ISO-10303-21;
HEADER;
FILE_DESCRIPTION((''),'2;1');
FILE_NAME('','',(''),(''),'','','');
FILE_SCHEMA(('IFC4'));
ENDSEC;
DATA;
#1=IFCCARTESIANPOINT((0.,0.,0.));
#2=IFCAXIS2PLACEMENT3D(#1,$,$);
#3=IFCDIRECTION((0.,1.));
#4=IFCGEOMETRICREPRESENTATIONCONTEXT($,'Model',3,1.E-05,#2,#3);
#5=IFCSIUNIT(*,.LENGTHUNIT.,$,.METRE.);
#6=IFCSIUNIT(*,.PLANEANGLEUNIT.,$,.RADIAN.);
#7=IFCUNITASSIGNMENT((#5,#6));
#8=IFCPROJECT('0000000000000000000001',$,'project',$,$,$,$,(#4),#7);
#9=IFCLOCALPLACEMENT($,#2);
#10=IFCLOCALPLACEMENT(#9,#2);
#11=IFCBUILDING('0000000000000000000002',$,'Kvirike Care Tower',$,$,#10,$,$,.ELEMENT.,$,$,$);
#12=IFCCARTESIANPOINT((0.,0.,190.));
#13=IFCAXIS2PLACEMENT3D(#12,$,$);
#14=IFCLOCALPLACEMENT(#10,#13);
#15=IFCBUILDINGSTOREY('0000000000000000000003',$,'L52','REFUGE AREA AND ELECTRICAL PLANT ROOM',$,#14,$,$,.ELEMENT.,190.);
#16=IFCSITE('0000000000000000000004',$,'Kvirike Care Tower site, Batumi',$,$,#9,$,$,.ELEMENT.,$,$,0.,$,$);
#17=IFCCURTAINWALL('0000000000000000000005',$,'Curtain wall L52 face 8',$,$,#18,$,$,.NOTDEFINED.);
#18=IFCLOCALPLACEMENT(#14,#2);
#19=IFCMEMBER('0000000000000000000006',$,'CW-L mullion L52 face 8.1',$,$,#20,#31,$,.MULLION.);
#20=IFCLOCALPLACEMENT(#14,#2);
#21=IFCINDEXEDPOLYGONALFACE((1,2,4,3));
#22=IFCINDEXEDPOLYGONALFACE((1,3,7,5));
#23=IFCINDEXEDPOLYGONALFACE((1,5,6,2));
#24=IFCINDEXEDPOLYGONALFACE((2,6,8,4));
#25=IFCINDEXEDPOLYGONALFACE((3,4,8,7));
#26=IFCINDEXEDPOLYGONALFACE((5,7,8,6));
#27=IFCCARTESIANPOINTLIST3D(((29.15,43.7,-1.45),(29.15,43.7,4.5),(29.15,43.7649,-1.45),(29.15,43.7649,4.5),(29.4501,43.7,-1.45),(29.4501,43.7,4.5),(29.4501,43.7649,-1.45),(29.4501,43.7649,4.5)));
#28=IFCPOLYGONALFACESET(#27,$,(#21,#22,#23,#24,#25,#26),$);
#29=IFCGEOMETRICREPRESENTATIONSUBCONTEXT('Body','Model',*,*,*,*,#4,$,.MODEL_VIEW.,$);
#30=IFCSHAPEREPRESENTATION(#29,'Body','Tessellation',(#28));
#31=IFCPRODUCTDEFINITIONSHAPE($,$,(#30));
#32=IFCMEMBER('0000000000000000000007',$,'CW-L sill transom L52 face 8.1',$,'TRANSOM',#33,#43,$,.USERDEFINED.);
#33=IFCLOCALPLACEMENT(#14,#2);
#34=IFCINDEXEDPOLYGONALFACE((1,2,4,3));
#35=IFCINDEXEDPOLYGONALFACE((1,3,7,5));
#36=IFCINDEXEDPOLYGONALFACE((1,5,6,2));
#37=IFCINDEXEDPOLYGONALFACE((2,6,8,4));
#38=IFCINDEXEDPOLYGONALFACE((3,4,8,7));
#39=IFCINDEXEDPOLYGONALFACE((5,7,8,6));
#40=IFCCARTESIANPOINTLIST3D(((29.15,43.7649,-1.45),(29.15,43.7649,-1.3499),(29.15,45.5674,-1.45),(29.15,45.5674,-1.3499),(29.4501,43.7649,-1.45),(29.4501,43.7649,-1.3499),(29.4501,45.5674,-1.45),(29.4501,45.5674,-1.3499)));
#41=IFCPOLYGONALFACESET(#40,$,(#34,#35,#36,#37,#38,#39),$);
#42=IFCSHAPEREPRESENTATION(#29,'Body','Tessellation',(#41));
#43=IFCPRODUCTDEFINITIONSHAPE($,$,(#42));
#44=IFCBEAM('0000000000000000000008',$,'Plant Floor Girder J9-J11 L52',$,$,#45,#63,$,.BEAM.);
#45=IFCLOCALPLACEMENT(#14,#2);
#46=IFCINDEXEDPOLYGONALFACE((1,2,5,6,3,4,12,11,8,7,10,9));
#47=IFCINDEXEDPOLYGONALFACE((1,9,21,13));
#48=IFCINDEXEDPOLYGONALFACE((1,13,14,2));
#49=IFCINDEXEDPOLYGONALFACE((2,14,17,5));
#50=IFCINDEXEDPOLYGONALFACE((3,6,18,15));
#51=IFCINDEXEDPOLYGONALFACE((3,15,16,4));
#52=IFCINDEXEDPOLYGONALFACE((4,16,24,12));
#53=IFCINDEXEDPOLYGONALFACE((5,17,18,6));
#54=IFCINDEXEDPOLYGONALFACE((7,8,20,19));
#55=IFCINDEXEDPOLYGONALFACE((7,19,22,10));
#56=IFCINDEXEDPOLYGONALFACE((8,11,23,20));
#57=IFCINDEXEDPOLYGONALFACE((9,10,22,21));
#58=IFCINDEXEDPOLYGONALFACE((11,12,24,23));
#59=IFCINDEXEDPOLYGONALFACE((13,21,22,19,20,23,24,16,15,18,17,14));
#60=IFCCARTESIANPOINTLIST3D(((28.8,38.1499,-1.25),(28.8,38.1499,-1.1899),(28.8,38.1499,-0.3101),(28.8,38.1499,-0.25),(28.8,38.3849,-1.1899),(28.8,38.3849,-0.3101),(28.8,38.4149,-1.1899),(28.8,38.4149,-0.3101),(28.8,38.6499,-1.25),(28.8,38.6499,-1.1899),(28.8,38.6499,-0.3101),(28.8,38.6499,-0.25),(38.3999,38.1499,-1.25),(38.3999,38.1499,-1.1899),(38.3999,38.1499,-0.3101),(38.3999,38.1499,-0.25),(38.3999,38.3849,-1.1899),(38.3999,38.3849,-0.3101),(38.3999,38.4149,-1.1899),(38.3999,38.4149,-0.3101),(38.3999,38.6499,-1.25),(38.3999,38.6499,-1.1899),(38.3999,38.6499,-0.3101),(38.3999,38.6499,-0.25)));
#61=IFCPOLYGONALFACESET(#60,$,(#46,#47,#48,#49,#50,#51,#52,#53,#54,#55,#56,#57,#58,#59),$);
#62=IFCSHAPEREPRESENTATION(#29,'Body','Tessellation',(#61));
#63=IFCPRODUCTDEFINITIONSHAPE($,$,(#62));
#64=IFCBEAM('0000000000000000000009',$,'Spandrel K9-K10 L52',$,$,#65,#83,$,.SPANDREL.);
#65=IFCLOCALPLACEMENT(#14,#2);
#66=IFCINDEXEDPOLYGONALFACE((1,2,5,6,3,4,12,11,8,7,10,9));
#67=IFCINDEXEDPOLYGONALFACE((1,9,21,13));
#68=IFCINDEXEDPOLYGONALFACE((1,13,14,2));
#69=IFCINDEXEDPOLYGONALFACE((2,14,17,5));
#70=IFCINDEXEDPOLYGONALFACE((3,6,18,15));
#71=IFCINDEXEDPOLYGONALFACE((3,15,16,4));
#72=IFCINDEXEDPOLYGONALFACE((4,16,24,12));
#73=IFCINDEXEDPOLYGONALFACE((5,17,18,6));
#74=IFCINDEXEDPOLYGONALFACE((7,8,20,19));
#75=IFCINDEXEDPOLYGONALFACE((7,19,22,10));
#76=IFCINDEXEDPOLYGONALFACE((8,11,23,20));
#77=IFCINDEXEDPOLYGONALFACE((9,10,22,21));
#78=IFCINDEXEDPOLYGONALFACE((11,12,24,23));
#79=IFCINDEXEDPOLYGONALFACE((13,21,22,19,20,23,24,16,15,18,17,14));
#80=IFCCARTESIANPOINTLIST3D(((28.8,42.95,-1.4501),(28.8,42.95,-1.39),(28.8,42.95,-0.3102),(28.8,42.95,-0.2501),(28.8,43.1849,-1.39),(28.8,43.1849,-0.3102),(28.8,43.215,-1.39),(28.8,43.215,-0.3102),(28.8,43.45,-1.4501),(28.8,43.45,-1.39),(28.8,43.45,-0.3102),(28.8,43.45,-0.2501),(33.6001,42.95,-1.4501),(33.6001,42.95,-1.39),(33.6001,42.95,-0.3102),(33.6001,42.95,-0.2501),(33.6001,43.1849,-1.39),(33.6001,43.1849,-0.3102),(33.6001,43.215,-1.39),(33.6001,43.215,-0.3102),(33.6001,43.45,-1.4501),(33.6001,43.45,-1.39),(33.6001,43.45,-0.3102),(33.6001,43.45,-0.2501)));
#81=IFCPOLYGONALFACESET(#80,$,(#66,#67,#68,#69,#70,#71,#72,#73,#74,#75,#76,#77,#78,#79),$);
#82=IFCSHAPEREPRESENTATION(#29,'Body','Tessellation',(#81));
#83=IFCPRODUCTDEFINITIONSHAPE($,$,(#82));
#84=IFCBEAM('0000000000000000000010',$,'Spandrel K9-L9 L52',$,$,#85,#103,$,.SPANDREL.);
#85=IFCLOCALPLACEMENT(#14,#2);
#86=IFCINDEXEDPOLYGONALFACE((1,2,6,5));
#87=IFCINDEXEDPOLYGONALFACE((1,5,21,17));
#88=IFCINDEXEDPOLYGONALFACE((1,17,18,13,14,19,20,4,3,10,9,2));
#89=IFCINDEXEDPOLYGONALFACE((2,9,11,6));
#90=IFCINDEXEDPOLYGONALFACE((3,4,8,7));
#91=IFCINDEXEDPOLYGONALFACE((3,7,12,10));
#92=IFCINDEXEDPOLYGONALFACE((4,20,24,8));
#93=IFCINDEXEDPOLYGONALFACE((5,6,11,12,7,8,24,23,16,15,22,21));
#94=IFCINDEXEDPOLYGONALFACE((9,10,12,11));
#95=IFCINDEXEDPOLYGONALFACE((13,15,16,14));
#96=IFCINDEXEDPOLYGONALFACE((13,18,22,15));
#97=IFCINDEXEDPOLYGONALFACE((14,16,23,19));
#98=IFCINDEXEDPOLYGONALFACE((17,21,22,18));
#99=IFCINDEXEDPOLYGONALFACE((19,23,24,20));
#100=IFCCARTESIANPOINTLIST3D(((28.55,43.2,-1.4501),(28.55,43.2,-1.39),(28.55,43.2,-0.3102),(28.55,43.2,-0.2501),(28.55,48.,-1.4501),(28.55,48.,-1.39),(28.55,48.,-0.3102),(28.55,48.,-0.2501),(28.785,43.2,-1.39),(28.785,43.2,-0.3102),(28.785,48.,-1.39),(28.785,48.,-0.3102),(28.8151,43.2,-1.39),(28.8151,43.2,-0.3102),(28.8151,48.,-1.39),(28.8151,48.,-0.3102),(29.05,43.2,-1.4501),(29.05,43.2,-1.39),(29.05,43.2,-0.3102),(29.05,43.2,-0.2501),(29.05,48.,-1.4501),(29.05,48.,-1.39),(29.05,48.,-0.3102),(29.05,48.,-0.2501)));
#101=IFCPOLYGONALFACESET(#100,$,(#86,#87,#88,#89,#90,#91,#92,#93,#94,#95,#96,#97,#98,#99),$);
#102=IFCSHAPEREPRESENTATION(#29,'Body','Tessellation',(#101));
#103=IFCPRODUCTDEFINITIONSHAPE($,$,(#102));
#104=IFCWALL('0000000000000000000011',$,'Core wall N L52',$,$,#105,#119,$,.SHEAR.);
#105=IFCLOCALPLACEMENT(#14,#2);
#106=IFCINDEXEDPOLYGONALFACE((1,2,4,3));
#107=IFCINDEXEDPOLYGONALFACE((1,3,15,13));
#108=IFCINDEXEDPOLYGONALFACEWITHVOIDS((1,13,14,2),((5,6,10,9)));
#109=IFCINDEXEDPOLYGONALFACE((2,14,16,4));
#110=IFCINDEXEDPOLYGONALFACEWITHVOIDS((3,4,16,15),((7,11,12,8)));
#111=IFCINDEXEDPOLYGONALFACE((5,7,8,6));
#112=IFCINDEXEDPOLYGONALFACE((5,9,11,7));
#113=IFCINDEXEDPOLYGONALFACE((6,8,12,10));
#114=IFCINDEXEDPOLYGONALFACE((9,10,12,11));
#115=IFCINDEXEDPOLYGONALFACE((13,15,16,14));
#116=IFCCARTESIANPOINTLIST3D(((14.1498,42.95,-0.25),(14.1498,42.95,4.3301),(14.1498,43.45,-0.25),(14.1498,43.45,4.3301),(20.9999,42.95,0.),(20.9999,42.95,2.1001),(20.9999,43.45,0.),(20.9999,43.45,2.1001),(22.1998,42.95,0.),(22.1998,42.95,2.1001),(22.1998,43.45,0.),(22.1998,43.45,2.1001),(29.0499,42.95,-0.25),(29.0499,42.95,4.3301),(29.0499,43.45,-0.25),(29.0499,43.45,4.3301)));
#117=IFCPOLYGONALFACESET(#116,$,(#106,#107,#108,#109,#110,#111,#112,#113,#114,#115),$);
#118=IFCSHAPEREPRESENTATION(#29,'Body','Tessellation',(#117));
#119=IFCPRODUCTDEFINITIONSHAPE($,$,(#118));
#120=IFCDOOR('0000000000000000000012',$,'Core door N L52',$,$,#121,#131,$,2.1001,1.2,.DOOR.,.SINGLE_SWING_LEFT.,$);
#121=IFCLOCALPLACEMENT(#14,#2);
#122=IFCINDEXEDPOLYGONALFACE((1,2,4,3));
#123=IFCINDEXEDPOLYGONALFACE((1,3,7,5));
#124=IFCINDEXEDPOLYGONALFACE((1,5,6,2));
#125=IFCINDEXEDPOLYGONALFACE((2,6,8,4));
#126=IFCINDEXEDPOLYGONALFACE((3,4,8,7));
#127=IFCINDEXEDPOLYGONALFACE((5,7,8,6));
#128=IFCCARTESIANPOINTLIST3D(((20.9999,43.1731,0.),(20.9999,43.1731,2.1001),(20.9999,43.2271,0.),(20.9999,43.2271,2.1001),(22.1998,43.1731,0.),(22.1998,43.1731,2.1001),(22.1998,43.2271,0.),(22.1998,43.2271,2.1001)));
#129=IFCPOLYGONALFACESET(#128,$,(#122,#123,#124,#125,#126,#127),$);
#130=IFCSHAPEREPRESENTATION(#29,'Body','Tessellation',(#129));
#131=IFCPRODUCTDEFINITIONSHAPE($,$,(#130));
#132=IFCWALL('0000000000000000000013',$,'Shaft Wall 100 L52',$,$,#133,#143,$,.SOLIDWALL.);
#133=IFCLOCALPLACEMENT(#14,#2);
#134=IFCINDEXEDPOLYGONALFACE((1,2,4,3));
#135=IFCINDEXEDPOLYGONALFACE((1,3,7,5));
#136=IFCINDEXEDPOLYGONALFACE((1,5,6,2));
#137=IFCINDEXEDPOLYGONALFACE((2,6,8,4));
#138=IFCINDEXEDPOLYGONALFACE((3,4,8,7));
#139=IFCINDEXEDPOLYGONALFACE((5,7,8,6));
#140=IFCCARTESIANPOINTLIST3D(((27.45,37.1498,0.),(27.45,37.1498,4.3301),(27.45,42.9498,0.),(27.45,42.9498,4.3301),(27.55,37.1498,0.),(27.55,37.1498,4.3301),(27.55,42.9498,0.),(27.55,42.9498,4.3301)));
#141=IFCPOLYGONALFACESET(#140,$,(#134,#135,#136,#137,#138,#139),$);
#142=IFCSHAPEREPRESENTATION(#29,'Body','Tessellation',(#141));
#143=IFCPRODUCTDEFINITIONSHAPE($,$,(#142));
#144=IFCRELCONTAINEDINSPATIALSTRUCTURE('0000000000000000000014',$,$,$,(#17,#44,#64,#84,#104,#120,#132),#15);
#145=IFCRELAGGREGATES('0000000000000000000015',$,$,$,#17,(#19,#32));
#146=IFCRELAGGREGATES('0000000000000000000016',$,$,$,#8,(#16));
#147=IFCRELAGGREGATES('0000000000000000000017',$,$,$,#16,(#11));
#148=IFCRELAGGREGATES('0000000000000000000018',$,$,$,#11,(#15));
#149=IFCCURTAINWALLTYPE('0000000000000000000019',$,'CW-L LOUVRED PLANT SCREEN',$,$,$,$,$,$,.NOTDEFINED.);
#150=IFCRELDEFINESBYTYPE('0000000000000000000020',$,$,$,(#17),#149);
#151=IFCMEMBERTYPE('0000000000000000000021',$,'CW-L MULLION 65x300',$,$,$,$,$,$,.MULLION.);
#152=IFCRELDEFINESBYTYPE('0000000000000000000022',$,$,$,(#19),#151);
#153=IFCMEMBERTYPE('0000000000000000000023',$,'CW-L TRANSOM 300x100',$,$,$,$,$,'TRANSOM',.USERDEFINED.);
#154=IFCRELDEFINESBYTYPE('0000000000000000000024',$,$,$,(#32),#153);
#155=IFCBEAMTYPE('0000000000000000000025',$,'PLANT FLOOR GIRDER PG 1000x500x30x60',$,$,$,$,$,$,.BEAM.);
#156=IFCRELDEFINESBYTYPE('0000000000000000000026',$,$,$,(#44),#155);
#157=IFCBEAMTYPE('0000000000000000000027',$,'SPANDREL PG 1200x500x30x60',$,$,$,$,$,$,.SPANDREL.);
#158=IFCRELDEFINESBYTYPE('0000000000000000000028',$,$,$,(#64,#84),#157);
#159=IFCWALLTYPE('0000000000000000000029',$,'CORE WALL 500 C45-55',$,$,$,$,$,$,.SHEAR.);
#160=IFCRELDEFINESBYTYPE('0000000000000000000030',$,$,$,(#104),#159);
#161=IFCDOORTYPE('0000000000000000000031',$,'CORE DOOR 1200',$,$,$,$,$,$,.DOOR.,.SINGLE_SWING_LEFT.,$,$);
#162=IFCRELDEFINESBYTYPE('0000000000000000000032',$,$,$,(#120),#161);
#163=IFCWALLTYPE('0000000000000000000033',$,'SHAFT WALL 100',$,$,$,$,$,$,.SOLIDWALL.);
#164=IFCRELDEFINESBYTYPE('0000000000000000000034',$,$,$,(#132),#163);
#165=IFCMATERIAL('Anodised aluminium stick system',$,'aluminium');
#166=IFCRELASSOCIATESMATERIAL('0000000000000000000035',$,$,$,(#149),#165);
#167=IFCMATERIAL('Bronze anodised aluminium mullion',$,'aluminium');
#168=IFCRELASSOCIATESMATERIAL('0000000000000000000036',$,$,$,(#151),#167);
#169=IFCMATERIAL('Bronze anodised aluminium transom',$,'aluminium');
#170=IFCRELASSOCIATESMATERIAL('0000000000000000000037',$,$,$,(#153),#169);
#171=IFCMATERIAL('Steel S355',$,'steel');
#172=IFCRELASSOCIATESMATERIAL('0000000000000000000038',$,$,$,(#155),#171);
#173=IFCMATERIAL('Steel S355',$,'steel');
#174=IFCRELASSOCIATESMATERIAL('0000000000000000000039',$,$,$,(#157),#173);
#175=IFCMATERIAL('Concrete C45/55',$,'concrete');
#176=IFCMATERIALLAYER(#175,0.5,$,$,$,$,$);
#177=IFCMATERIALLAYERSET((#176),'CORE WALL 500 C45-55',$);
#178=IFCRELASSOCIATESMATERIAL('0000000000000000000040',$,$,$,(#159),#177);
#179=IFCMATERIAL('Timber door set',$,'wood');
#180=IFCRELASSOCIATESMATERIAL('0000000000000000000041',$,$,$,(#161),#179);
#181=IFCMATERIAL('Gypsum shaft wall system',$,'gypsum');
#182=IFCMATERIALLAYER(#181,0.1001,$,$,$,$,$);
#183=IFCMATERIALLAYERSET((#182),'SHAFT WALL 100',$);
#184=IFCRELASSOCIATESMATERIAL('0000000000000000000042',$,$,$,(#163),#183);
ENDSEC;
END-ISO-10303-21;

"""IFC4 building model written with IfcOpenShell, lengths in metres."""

from ifc_helpers import new_model, si_unit, direction, frame, frame_2d, origin, origin_2d, place, context, subcontext, project, spatial, rectangle, i_section, extrude, material, layer, layer_set, material_profile, profile_set, type_object, element, fill, aggregate, save


model = new_model("IFC4")

# Units and contexts
model_context = context("Model", 3, precision=1e-05, world=origin(), true_north=direction((0.0, 1.0)))
body_context = subcontext(model_context, "Body", "Model", "MODEL_VIEW")
ifc_project = project(units=[si_unit("LENGTHUNIT", "METRE"), si_unit("PLANEANGLEUNIT", "RADIAN")], contexts=[model_context])

# Site, building, storey
site_placement = place(None, origin())
site = spatial("IfcSite", under=ifc_project, at=site_placement, Name="Kvirike Care Tower site, Batumi", CompositionType="ELEMENT", RefElevation=0.0)
building_placement = place(site_placement, origin())
building = spatial("IfcBuilding", under=site, at=building_placement, Name="Kvirike Care Tower", CompositionType="ELEMENT")
storey_placement = place(building_placement, frame((0.0, 0.0, 190.0)))
storey = spatial("IfcBuildingStorey", under=building, at=storey_placement, Name="L52", Description="REFUGE AREA AND ELECTRICAL PLANT ROOM", CompositionType="ELEMENT", Elevation=190.0)

# Curtain wall, members
ifc_material_1 = material(Name="Anodised aluminium stick system", Category="aluminium")
curtain_wall_type = type_object("IfcCurtainWallType", Name="CW-L LOUVRED PLANT SCREEN", PredefinedType="NOTDEFINED", material=ifc_material_1)
curtain_wall_placement = place(storey_placement, origin())
curtain_wall = element("IfcCurtainWall", 1, at=curtain_wall_placement, inside=storey, type_object=curtain_wall_type, Name="Curtain wall L52 face 8", PredefinedType="NOTDEFINED")
ifc_material_2 = material(Name="Bronze anodised aluminium mullion", Category="aluminium")
ifc_material_profile_1 = material_profile(ifc_material_2, rectangle(XDim=0.0649, YDim=0.3, at=origin_2d()), Name="CW-L MULLION 65x300")
ifc_profile_set_1 = profile_set([ifc_material_profile_1], Name="Bronze anodised aluminium mullion")
member_type_1 = type_object("IfcMemberType", Name="CW-L MULLION 65x300", PredefinedType="MULLION", material=ifc_profile_set_1)
member_1_placement = place(storey_placement, frame((29.3, 43.7324, -1.45), z_axis=(0.0, 0.0, 1.0), x_axis=(0.0, 1.0, 0.0)))
member_1 = element("IfcMember", 2, at=member_1_placement, type_object=member_type_1, Name="CW-L mullion L52 face 8.1", PredefinedType="MULLION", context=body_context, shape_type="SweptSolid", body=[
    extrude(rectangle(XDim=0.0649, YDim=0.3, at=origin_2d()), origin(), (0.0, 0.0, 1.0), 5.95),
])
ifc_material_3 = material(Name="Bronze anodised aluminium transom", Category="aluminium")
ifc_material_profile_2 = material_profile(ifc_material_3, rectangle(XDim=0.3, YDim=0.1001, at=origin_2d()), Name="CW-L TRANSOM 300x100")
ifc_profile_set_2 = profile_set([ifc_material_profile_2], Name="Bronze anodised aluminium transom")
member_type_2 = type_object("IfcMemberType", Name="CW-L TRANSOM 300x100", ElementType="TRANSOM", PredefinedType="USERDEFINED", material=ifc_profile_set_2)
member_2_placement = place(storey_placement, frame((29.3, 43.7649, -1.3999), z_axis=(0.0, 1.0, 0.0), x_axis=(-1.0, 0.0, 0.0)))
member_2 = element("IfcMember", 3, at=member_2_placement, type_object=member_type_2, Name="CW-L sill transom L52 face 8.1", ObjectType="TRANSOM", PredefinedType="USERDEFINED", context=body_context, shape_type="SweptSolid", body=[
    extrude(rectangle(XDim=0.3, YDim=0.1001, at=origin_2d()), origin(), (0.0, 0.0, 1.0), 1.8025),
])
aggregate(curtain_wall, [member_1, member_2])

# Beams
ifc_material_4 = material(Name="Steel S355", Category="steel")
ifc_material_profile_3 = material_profile(ifc_material_4, i_section(OverallWidth=0.5, OverallDepth=1.0, WebThickness=0.03, FlangeThickness=0.0601, at=origin_2d()), Name="PG 1000x500x30x60")
ifc_profile_set_3 = profile_set([ifc_material_profile_3], Name="Steel S355")
beam_type_1 = type_object("IfcBeamType", Name="PLANT FLOOR GIRDER PG 1000x500x30x60", PredefinedType="BEAM", material=ifc_profile_set_3)
beam_placement = place(storey_placement, frame((28.8, 38.3999, -0.75), z_axis=(1.0, 0.0, 0.0), x_axis=(0.0, 1.0, 0.0)))
element("IfcBeam", 4, at=beam_placement, inside=storey, type_object=beam_type_1, Name="Plant Floor Girder J9-J11 L52", PredefinedType="BEAM", context=body_context, shape_type="SweptSolid", body=[
    extrude(i_section(OverallWidth=0.5, OverallDepth=1.0, WebThickness=0.03, FlangeThickness=0.0601, at=origin_2d()), origin(), (0.0, 0.0, 1.0), 9.5999),
])
ifc_material_5 = material(Name="Steel S355", Category="steel")
ifc_material_profile_4 = material_profile(ifc_material_5, i_section(OverallWidth=0.5, OverallDepth=1.2, WebThickness=0.03, FlangeThickness=0.0601, at=origin_2d()), Name="PG 1200x500x30x60")
ifc_profile_set_4 = profile_set([ifc_material_profile_4], Name="Steel S355")
beam_type_2 = type_object("IfcBeamType", Name="SPANDREL PG 1200x500x30x60", PredefinedType="SPANDREL", material=ifc_profile_set_4)
for number, where, z_axis, x_axis, name in (
    (5, (28.8, 43.2, -0.8501), (1.0, 0.0, 0.0), (0.0, 1.0, 0.0), "Spandrel K9-K10 L52"),
    (6, (28.8, 43.2, -0.8501), (0.0, 1.0, 0.0), (-1.0, 0.0, 0.0), "Spandrel K9-L9 L52"),
):
    element("IfcBeam", number, at=place(storey_placement, frame(where, z_axis=z_axis, x_axis=x_axis)), inside=storey, type_object=beam_type_2, Name=name, PredefinedType="SPANDREL", context=body_context, shape_type="SweptSolid", body=[
        extrude(i_section(OverallWidth=0.5, OverallDepth=1.2, WebThickness=0.03, FlangeThickness=0.0601, at=origin_2d()), origin(), (0.0, 0.0, 1.0), 4.8),
    ])

# Wall, opening, door
ifc_material_6 = material(Name="Concrete C45/55", Category="concrete")
ifc_layer_1 = layer(ifc_material_6, 0.5)
ifc_layer_set_1 = layer_set([ifc_layer_1], Name="CORE WALL 500 C45-55")
wall_type_1 = type_object("IfcWallType", Name="CORE WALL 500 C45-55", PredefinedType="SHEAR", material=ifc_layer_set_1)
wall_1_placement = place(storey_placement, frame((29.05, 43.2, -0.25), z_axis=(0.0, 0.0, 1.0), x_axis=(-1.0, 0.0, 0.0)))
wall_1 = element("IfcWall", 7, at=wall_1_placement, inside=storey, type_object=wall_type_1, Name="Core wall N L52", PredefinedType="SHEAR", context=body_context, shape_type="SweptSolid", body=[
    extrude(rectangle(XDim=14.9001, YDim=0.5, at=frame_2d((7.4502, 0.0))), origin(), (0.0, 0.0, 1.0), 4.5801),
])
opening_1_placement = place(wall_1_placement, frame((6.8501, 0.0, 0.25)))
opening_1 = element("IfcOpeningElement", 8, at=opening_1_placement, cuts=wall_1, PredefinedType="OPENING", context=body_context, shape_type="SweptSolid", body=[
    extrude(rectangle(XDim=1.2, YDim=2.1001, at=frame_2d((0.6001, 1.05))), frame((0.0, 0.2605, 0.0), z_axis=(0.0, -1.0, 0.0), x_axis=(1.0, 0.0, 0.0)), (0.0, 0.0, 1.0), 0.521),
])
ifc_material_7 = material(Name="Timber door set", Category="wood")
door_type_1 = type_object("IfcDoorType", Name="CORE DOOR 1200", OperationType="SINGLE_SWING_LEFT", PredefinedType="DOOR", material=ifc_material_7)
door_1_placement = place(opening_1_placement, origin())
door_1 = element("IfcDoor", 9, at=door_1_placement, inside=storey, type_object=door_type_1, Name="Core door N L52", OperationType="SINGLE_SWING_LEFT", OverallHeight=2.1001, OverallWidth=1.2, PredefinedType="DOOR", context=body_context, shape_type="SweptSolid", body=[
    extrude(rectangle(XDim=1.2, YDim=2.1001, at=frame_2d((0.6001, 1.05))), frame((0.0, 0.0269, 0.0), z_axis=(0.0, -1.0, 0.0), x_axis=(1.0, 0.0, 0.0)), (0.0, 0.0, 1.0), 0.054),
])
fill(opening_1, door_1)

# Wall
ifc_material_8 = material(Name="Gypsum shaft wall system", Category="gypsum")
ifc_layer_2 = layer(ifc_material_8, 0.1001)
ifc_layer_set_2 = layer_set([ifc_layer_2], Name="SHAFT WALL 100")
wall_type_2 = type_object("IfcWallType", Name="SHAFT WALL 100", PredefinedType="SOLIDWALL", material=ifc_layer_set_2)
wall_2_placement = place(storey_placement, frame((27.5, 37.1499, 0.0), z_axis=(0.0, 0.0, 1.0), x_axis=(0.0, 1.0, 0.0)))
element("IfcWall", 10, at=wall_2_placement, inside=storey, type_object=wall_type_2, Name="Shaft Wall 100 L52", PredefinedType="SOLIDWALL", context=body_context, shape_type="SweptSolid", body=[
    extrude(rectangle(XDim=5.8, YDim=0.1001, at=frame_2d((2.8999, 0.0))), origin(), (0.0, 0.0, 1.0), 4.3301),
])

save(model, "model.ifc")
